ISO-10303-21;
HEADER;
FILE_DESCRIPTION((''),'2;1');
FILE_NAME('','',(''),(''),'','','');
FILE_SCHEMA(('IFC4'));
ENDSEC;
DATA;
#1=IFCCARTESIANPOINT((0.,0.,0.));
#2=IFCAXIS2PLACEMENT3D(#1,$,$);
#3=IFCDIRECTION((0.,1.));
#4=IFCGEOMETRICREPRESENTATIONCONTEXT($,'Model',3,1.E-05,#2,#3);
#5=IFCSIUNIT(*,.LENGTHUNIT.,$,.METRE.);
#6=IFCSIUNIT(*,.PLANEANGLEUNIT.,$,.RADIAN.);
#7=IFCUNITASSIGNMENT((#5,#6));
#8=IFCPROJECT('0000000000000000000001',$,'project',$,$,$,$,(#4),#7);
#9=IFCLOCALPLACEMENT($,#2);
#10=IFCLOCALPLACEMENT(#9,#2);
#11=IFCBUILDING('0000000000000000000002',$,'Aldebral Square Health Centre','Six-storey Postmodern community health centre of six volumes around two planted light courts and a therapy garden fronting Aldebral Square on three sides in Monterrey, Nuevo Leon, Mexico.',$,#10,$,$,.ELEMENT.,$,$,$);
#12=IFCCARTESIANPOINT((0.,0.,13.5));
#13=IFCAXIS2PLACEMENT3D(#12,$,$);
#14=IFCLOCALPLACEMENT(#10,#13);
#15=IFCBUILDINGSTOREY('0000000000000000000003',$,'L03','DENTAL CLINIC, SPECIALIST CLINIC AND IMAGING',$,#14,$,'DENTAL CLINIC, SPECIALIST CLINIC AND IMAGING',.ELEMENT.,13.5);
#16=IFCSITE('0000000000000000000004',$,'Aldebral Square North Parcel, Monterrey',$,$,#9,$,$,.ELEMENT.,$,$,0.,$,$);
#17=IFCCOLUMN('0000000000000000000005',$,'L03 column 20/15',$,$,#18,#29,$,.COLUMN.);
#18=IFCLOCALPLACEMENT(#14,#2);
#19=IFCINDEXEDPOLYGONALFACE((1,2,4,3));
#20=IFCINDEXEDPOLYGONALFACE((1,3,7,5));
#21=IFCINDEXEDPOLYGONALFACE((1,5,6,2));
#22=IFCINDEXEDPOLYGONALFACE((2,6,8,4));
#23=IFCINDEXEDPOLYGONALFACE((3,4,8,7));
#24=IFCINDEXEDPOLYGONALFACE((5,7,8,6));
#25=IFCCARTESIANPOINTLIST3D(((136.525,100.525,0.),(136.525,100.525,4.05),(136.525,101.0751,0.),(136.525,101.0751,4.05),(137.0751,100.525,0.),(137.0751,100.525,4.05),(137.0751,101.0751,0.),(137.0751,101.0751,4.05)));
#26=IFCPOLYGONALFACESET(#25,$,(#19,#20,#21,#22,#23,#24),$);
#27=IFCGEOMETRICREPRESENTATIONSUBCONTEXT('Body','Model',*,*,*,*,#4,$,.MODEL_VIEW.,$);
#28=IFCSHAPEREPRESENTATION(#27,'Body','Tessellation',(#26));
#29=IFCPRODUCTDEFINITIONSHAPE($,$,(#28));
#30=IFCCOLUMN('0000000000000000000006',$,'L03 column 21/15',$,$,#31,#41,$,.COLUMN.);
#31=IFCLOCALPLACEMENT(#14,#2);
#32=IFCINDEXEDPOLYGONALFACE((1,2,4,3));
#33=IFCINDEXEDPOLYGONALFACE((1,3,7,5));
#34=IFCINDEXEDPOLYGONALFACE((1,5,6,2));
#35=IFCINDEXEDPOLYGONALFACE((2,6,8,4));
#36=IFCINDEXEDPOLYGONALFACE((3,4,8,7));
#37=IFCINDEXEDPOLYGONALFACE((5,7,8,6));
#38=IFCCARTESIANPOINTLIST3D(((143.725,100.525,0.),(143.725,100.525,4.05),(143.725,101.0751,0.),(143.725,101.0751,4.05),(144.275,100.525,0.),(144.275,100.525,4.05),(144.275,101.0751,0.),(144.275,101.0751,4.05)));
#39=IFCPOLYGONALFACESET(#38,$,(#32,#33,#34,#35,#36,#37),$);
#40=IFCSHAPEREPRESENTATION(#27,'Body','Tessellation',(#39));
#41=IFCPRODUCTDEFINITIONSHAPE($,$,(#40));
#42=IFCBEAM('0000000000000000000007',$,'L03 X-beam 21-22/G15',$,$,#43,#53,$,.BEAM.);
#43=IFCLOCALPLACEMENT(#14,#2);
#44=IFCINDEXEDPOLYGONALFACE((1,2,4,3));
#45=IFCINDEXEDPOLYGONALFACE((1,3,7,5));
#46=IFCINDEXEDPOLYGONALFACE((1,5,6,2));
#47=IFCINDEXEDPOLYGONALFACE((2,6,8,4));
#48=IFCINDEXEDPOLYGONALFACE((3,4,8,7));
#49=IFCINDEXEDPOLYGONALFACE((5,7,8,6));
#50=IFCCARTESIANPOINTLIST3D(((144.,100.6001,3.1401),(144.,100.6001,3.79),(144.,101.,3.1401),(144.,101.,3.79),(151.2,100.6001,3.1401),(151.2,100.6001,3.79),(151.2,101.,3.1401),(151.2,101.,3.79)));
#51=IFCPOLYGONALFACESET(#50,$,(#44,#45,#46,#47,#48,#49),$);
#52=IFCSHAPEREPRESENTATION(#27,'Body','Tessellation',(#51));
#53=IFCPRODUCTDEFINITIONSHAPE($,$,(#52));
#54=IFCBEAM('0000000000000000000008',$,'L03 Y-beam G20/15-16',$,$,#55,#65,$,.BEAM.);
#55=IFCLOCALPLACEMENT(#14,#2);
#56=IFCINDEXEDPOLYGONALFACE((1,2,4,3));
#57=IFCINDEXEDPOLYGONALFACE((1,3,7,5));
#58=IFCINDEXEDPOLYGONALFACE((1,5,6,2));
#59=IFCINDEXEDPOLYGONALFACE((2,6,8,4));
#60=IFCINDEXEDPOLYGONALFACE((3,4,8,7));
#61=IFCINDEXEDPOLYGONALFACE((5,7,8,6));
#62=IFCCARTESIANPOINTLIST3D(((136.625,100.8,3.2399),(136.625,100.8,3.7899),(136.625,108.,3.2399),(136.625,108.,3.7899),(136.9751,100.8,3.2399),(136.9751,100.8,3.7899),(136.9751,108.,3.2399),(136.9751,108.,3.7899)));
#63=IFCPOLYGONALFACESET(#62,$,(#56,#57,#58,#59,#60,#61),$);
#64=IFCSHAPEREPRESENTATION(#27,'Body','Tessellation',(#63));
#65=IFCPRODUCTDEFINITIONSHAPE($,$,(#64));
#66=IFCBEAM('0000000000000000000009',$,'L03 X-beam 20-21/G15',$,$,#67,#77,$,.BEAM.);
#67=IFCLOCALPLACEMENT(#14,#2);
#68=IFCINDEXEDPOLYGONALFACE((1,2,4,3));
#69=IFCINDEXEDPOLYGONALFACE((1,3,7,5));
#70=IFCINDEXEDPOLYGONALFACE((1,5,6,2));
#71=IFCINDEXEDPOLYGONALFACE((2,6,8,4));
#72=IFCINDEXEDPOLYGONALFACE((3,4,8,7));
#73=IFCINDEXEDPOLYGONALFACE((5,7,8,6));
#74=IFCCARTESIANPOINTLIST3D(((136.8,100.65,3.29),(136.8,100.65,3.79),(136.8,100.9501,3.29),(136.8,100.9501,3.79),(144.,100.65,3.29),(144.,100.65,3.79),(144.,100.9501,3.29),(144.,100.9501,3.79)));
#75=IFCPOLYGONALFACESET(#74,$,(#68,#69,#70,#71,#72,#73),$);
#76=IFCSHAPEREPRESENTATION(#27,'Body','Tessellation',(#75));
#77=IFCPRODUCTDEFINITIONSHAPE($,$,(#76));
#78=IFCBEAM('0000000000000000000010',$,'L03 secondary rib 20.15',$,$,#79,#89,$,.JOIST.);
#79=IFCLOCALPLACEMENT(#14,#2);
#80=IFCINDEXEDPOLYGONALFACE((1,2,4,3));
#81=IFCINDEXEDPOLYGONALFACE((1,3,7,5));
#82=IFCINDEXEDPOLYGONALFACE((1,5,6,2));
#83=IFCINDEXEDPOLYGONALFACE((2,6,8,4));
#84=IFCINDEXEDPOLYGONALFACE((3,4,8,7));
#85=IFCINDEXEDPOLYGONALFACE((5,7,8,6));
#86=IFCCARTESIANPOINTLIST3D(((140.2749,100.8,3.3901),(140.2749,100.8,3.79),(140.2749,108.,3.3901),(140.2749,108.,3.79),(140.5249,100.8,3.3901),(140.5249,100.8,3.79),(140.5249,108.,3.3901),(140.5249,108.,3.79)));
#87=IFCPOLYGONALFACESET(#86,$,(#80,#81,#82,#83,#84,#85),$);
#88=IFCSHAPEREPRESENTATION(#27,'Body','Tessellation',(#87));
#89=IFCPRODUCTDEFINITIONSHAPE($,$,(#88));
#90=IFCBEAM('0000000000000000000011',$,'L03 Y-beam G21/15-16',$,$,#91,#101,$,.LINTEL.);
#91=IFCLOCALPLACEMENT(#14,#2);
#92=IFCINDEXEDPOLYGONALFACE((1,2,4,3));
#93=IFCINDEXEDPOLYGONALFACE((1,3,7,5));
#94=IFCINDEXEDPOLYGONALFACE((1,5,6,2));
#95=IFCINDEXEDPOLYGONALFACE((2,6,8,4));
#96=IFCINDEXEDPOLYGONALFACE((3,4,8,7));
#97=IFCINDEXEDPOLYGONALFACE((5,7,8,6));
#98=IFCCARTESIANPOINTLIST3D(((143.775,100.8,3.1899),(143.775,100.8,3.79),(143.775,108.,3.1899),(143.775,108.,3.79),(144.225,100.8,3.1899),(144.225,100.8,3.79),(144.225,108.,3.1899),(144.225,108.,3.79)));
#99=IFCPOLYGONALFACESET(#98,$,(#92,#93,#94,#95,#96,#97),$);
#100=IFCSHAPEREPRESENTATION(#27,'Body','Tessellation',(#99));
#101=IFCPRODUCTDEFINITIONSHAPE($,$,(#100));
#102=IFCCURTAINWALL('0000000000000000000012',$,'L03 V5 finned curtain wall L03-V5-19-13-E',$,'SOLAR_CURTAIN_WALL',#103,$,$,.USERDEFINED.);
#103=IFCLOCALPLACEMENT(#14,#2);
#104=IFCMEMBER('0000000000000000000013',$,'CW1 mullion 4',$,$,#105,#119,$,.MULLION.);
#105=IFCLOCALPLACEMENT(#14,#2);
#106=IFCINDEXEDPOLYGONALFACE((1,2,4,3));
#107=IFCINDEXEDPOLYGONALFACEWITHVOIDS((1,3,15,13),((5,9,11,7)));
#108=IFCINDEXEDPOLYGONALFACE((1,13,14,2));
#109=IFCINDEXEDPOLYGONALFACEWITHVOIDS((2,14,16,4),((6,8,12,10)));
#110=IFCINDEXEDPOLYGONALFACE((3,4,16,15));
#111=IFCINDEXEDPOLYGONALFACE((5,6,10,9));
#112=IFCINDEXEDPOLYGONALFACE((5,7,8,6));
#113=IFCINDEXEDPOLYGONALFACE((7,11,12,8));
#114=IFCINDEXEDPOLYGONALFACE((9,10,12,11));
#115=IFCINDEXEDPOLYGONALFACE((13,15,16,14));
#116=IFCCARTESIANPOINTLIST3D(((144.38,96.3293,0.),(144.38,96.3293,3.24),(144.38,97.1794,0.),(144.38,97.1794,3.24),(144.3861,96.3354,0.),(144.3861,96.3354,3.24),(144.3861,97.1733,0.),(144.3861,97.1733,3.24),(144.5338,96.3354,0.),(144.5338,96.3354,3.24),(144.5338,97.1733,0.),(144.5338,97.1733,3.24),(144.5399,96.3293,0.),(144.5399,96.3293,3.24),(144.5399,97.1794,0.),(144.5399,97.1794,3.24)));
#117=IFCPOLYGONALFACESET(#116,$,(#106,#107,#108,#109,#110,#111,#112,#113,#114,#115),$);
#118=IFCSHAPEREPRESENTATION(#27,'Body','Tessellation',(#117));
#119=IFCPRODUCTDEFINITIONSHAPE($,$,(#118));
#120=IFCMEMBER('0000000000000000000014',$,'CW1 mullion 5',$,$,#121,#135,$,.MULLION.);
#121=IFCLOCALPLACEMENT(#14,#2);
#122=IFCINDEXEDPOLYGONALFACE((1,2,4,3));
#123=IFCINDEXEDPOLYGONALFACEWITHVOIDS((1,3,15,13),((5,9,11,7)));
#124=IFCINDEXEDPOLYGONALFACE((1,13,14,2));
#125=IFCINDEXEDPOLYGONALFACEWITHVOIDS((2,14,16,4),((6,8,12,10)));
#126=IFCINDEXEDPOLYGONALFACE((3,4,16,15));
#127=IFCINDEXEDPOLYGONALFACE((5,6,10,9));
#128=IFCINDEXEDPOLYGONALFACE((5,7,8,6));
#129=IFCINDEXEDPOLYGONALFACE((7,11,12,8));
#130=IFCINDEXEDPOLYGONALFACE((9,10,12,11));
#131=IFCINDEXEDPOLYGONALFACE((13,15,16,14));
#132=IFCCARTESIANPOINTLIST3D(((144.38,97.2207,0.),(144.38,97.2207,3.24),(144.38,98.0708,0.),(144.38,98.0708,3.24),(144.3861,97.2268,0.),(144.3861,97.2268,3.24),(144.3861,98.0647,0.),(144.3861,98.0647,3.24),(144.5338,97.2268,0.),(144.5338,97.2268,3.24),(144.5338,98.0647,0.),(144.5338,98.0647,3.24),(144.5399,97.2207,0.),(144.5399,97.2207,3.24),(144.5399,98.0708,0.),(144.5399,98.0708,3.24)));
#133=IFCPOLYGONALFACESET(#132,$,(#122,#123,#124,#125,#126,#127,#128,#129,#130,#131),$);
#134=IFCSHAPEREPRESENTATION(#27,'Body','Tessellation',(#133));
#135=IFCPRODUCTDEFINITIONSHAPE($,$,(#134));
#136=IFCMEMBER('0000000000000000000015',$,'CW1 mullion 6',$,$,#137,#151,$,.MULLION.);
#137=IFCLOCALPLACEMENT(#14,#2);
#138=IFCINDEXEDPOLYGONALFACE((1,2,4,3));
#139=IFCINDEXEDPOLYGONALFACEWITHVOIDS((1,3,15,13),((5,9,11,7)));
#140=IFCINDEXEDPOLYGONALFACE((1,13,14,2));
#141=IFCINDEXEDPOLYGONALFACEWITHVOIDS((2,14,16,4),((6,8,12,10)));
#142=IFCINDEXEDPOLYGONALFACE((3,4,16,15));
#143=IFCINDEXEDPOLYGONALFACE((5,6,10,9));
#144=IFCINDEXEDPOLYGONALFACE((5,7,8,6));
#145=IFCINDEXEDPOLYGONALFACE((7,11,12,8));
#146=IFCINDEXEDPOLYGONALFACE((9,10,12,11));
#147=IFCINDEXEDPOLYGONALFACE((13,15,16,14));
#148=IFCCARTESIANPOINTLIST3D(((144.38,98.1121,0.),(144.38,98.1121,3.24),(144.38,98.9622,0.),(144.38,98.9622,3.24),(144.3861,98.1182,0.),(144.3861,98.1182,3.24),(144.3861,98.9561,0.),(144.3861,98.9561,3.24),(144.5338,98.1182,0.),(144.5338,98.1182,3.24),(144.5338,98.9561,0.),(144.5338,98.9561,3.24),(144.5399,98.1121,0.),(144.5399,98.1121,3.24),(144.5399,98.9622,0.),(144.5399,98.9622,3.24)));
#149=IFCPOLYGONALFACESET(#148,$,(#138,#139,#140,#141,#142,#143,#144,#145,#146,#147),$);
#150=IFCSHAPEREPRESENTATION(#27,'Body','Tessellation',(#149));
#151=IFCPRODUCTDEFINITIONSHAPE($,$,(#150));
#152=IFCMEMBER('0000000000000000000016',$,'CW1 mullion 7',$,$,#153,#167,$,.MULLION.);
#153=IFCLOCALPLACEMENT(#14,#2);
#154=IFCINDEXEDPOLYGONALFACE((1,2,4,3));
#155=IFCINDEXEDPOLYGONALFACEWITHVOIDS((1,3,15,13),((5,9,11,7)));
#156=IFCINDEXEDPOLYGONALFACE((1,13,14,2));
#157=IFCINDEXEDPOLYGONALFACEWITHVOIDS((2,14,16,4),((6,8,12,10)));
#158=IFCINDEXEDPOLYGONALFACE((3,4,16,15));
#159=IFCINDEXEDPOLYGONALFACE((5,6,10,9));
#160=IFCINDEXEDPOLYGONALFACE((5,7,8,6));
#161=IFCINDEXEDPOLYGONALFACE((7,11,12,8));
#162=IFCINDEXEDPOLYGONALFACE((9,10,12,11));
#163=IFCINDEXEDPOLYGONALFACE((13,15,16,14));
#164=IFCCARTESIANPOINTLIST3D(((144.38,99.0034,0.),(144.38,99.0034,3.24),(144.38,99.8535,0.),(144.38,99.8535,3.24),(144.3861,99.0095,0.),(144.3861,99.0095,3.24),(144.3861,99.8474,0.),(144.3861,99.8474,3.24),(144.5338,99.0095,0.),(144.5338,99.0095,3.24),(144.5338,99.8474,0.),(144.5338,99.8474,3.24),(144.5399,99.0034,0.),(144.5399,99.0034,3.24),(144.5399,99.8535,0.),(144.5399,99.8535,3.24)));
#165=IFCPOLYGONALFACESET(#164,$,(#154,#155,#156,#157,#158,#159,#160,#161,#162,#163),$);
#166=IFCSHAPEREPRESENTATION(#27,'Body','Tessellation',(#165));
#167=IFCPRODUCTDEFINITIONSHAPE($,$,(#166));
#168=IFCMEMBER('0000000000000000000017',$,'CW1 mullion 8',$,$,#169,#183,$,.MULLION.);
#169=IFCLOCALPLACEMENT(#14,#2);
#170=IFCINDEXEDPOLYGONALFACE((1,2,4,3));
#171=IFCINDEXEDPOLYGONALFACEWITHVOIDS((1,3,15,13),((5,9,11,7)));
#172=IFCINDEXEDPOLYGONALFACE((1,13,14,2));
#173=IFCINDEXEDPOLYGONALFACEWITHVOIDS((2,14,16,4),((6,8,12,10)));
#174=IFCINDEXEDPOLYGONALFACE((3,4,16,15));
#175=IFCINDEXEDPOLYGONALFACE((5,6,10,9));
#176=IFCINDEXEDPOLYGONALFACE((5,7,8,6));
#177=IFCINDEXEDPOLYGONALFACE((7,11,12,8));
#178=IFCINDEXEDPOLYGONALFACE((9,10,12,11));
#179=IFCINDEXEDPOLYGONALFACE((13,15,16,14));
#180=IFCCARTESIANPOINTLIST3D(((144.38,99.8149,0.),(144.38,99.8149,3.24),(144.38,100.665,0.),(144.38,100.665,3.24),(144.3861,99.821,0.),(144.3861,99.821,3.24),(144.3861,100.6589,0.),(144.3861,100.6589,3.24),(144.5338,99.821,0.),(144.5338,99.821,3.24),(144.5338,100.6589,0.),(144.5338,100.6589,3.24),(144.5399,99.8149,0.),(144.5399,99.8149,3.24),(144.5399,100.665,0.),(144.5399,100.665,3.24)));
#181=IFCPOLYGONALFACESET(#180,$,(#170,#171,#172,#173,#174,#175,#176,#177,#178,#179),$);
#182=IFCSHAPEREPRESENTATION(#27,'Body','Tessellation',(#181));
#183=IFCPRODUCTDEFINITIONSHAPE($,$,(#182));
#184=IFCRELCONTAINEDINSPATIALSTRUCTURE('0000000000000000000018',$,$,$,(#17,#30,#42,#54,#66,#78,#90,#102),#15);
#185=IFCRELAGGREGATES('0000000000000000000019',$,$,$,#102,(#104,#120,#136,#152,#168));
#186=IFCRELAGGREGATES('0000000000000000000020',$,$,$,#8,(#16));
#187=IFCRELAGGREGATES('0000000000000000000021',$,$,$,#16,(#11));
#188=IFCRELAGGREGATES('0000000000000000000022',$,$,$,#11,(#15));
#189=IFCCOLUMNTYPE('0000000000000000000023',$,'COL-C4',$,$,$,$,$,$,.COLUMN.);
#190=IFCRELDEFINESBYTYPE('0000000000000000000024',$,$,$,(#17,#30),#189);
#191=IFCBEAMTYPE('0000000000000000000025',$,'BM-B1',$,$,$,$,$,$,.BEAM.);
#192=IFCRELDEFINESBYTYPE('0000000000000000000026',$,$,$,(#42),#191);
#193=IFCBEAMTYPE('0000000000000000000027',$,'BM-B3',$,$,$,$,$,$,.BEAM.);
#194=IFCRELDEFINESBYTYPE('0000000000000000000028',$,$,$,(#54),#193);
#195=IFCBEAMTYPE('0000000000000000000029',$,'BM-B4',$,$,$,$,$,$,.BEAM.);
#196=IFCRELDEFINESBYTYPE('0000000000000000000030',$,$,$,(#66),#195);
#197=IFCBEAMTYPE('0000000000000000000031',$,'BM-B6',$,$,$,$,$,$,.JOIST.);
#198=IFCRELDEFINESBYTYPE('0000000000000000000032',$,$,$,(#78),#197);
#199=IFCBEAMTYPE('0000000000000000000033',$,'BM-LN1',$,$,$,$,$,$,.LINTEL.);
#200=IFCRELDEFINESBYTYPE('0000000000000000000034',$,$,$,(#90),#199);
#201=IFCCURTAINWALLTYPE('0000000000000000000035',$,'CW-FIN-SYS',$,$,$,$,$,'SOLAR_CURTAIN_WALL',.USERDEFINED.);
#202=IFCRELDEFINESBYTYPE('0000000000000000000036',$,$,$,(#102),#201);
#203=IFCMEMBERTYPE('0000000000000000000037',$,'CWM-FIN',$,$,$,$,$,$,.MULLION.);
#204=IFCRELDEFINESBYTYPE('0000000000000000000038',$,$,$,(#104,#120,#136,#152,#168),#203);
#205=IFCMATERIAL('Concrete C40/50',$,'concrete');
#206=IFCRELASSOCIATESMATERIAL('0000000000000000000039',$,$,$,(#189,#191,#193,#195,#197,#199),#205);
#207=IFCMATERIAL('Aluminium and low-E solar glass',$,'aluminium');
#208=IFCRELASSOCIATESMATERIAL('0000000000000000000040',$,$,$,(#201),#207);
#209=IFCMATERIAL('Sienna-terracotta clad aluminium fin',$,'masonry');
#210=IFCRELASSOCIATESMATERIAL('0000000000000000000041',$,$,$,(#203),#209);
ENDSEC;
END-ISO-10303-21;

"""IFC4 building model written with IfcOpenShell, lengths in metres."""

from ifc_helpers import new_model, si_unit, direction, frame, origin, origin_2d, place, context, subcontext, project, spatial, rectangle, hollow_rectangle, extrude, material, material_profile, profile_set, type_object, element, aggregate, save


model = new_model("IFC4")

# Units and contexts
model_context = context("Model", 3, precision=1e-05, world=origin(), true_north=direction((0.0, 1.0)))
body_context = subcontext(model_context, "Body", "Model", "MODEL_VIEW")
ifc_project = project(units=[si_unit("LENGTHUNIT", "METRE"), si_unit("PLANEANGLEUNIT", "RADIAN")], contexts=[model_context])

# Site, building, storey
site_placement = place(None, origin())
site = spatial("IfcSite", under=ifc_project, at=site_placement, Name="Aldebral Square North Parcel, Monterrey", CompositionType="ELEMENT", RefElevation=0.0)
building_placement = place(site_placement, origin())
building = spatial("IfcBuilding", under=site, at=building_placement, Name="Aldebral Square Health Centre", Description="Six-storey Postmodern community health centre of six volumes around two planted light courts and a therapy garden fronting Aldebral Square on three sides in Monterrey, Nuevo Leon, Mexico.", CompositionType="ELEMENT")
storey_placement = place(building_placement, frame((0.0, 0.0, 13.5)))
storey = spatial("IfcBuildingStorey", under=building, at=storey_placement, Name="L03", Description="DENTAL CLINIC, SPECIALIST CLINIC AND IMAGING", LongName="DENTAL CLINIC, SPECIALIST CLINIC AND IMAGING", CompositionType="ELEMENT", Elevation=13.5)

# Columns
ifc_material_1 = material(Name="Concrete C40/50", Category="concrete")
ifc_material_profile_1 = material_profile(ifc_material_1, rectangle(XDim=0.55, YDim=0.55, at=origin_2d()), Name="RC 550x550")
ifc_profile_set_1 = profile_set([ifc_material_profile_1], Name="Concrete C40/50")
column_type = type_object("IfcColumnType", Name="COL-C4", PredefinedType="COLUMN", material=ifc_profile_set_1)
for number, where, z_axis, x_axis, name in (
    (1, (136.8, 100.8, 0.0), (0.0, 0.0, 1.0), (1.0, 0.0, 0.0), "L03 column 20/15"),
    (2, (144.0, 100.8, 0.0), (0.0, 0.0, 1.0), (1.0, 0.0, 0.0), "L03 column 21/15"),
):
    element("IfcColumn", number, at=place(storey_placement, frame(where, z_axis=z_axis, x_axis=x_axis)), inside=storey, type_object=column_type, Name=name, PredefinedType="COLUMN", context=body_context, shape_type="SweptSolid", body=[
        extrude(rectangle(XDim=0.55, YDim=0.55, at=origin_2d()), origin(), (0.0, 0.0, 1.0), 4.05),
    ])

# Beams
ifc_material_profile_2 = material_profile(ifc_material_1, rectangle(XDim=0.3999, YDim=0.6499, at=origin_2d()), Name="RC 400x650")
ifc_profile_set_2 = profile_set([ifc_material_profile_2], Name="Concrete C40/50")
beam_type_1 = type_object("IfcBeamType", Name="BM-B1", PredefinedType="BEAM", material=ifc_profile_set_2)
beam_1_placement = place(storey_placement, frame((144.0, 100.8, 3.4651), z_axis=(1.0, 0.0, 0.0), x_axis=(0.0, 1.0, 0.0)))
element("IfcBeam", 3, at=beam_1_placement, inside=storey, type_object=beam_type_1, Name="L03 X-beam 21-22/G15", PredefinedType="BEAM", context=body_context, shape_type="SweptSolid", body=[
    extrude(rectangle(XDim=0.3999, YDim=0.6499, at=origin_2d()), origin(), (0.0, 0.0, 1.0), 7.2),
])
ifc_material_profile_3 = material_profile(ifc_material_1, rectangle(XDim=0.3501, YDim=0.55, at=origin_2d()), Name="RC 350x550")
ifc_profile_set_3 = profile_set([ifc_material_profile_3], Name="Concrete C40/50")
beam_type_2 = type_object("IfcBeamType", Name="BM-B3", PredefinedType="BEAM", material=ifc_profile_set_3)
beam_2_placement = place(storey_placement, frame((136.8, 100.8, 3.5149), z_axis=(0.0, 1.0, 0.0), x_axis=(-1.0, 0.0, 0.0)))
element("IfcBeam", 4, at=beam_2_placement, inside=storey, type_object=beam_type_2, Name="L03 Y-beam G20/15-16", PredefinedType="BEAM", context=body_context, shape_type="SweptSolid", body=[
    extrude(rectangle(XDim=0.3501, YDim=0.55, at=origin_2d()), origin(), (0.0, 0.0, 1.0), 7.2),
])
ifc_material_profile_4 = material_profile(ifc_material_1, rectangle(XDim=0.3, YDim=0.5, at=origin_2d()), Name="RC 300x500")
ifc_profile_set_4 = profile_set([ifc_material_profile_4], Name="Concrete C40/50")
beam_type_3 = type_object("IfcBeamType", Name="BM-B4", PredefinedType="BEAM", material=ifc_profile_set_4)
beam_3_placement = place(storey_placement, frame((136.8, 100.8, 3.54), z_axis=(1.0, 0.0, 0.0), x_axis=(0.0, 1.0, 0.0)))
element("IfcBeam", 5, at=beam_3_placement, inside=storey, type_object=beam_type_3, Name="L03 X-beam 20-21/G15", PredefinedType="BEAM", context=body_context, shape_type="SweptSolid", body=[
    extrude(rectangle(XDim=0.3, YDim=0.5, at=origin_2d()), origin(), (0.0, 0.0, 1.0), 7.2),
])
ifc_material_profile_5 = material_profile(ifc_material_1, rectangle(XDim=0.25, YDim=0.3999, at=origin_2d()), Name="RC 250x400")
ifc_profile_set_5 = profile_set([ifc_material_profile_5], Name="Concrete C40/50")
beam_type_4 = type_object("IfcBeamType", Name="BM-B6", PredefinedType="JOIST", material=ifc_profile_set_5)
beam_4_placement = place(storey_placement, frame((140.3999, 100.8, 3.5901), z_axis=(0.0, 1.0, 0.0), x_axis=(-1.0, 0.0, 0.0)))
element("IfcBeam", 6, at=beam_4_placement, inside=storey, type_object=beam_type_4, Name="L03 secondary rib 20.15", PredefinedType="JOIST", context=body_context, shape_type="SweptSolid", body=[
    extrude(rectangle(XDim=0.25, YDim=0.3999, at=origin_2d()), origin(), (0.0, 0.0, 1.0), 7.2),
])
ifc_material_profile_6 = material_profile(ifc_material_1, rectangle(XDim=0.45, YDim=0.6001, at=origin_2d()), Name="RC 450x600")
ifc_profile_set_6 = profile_set([ifc_material_profile_6], Name="Concrete C40/50")
beam_type_5 = type_object("IfcBeamType", Name="BM-LN1", PredefinedType="LINTEL", material=ifc_profile_set_6)
beam_5_placement = place(storey_placement, frame((144.0, 100.8, 3.49), z_axis=(0.0, 1.0, 0.0), x_axis=(-1.0, 0.0, 0.0)))
element("IfcBeam", 7, at=beam_5_placement, inside=storey, type_object=beam_type_5, Name="L03 Y-beam G21/15-16", PredefinedType="LINTEL", context=body_context, shape_type="SweptSolid", body=[
    extrude(rectangle(XDim=0.45, YDim=0.6001, at=origin_2d()), origin(), (0.0, 0.0, 1.0), 7.2),
])

# Curtain wall, members
ifc_material_2 = material(Name="Aluminium and low-E solar glass", Category="aluminium")
curtain_wall_type = type_object("IfcCurtainWallType", Name="CW-FIN-SYS", ElementType="SOLAR_CURTAIN_WALL", PredefinedType="USERDEFINED", material=ifc_material_2)
curtain_wall_1_placement = place(storey_placement, origin())
curtain_wall_1 = element("IfcCurtainWall", 8, at=curtain_wall_1_placement, inside=storey, type_object=curtain_wall_type, Name="L03 V5 finned curtain wall L03-V5-19-13-E", ObjectType="SOLAR_CURTAIN_WALL", PredefinedType="USERDEFINED")
ifc_material_3 = material(Name="Sienna-terracotta clad aluminium fin", Category="masonry")
ifc_material_profile_7 = material_profile(ifc_material_3, hollow_rectangle(XDim=0.1599, YDim=0.8501, WallThickness=0.0061, at=origin_2d()), Name="FIN 160x850x6")
ifc_profile_set_7 = profile_set([ifc_material_profile_7], Name="Sienna-terracotta clad aluminium fin")
member_type_1 = type_object("IfcMemberType", Name="CWM-FIN", PredefinedType="MULLION", material=ifc_profile_set_7)
member_1_placement = place(storey_placement, frame((144.46, 96.7544, 0.0), z_axis=(0.0, 0.0, 1.0), x_axis=(-1.0, 0.0, 0.0)))
member_1 = element("IfcMember", 9, at=member_1_placement, type_object=member_type_1, Name="CW1 mullion 4", PredefinedType="MULLION", context=body_context, shape_type="SweptSolid", body=[
    extrude(hollow_rectangle(XDim=0.1599, YDim=0.8501, WallThickness=0.0061, at=origin_2d()), origin(), (0.0, 0.0, 1.0), 3.24),
])
member_2_placement = place(storey_placement, frame((144.46, 97.6458, 0.0), z_axis=(0.0, 0.0, 1.0), x_axis=(-1.0, 0.0, 0.0)))
member_2 = element("IfcMember", 10, at=member_2_placement, type_object=member_type_1, Name="CW1 mullion 5", PredefinedType="MULLION", context=body_context, shape_type="SweptSolid", body=[
    extrude(hollow_rectangle(XDim=0.1599, YDim=0.8501, WallThickness=0.0061, at=origin_2d()), origin(), (0.0, 0.0, 1.0), 3.24),
])
member_3_placement = place(storey_placement, frame((144.46, 98.5371, 0.0), z_axis=(0.0, 0.0, 1.0), x_axis=(-1.0, 0.0, 0.0)))
member_3 = element("IfcMember", 11, at=member_3_placement, type_object=member_type_1, Name="CW1 mullion 6", PredefinedType="MULLION", context=body_context, shape_type="SweptSolid", body=[
    extrude(hollow_rectangle(XDim=0.1599, YDim=0.8501, WallThickness=0.0061, at=origin_2d()), origin(), (0.0, 0.0, 1.0), 3.24),
])
member_4_placement = place(storey_placement, frame((144.46, 99.4285, 0.0), z_axis=(0.0, 0.0, 1.0), x_axis=(-1.0, 0.0, 0.0)))
member_4 = element("IfcMember", 12, at=member_4_placement, type_object=member_type_1, Name="CW1 mullion 7", PredefinedType="MULLION", context=body_context, shape_type="SweptSolid", body=[
    extrude(hollow_rectangle(XDim=0.1599, YDim=0.8501, WallThickness=0.0061, at=origin_2d()), origin(), (0.0, 0.0, 1.0), 3.24),
])
member_5_placement = place(storey_placement, frame((144.46, 100.24, 0.0), z_axis=(0.0, 0.0, 1.0), x_axis=(-1.0, 0.0, 0.0)))
member_5 = element("IfcMember", 13, at=member_5_placement, type_object=member_type_1, Name="CW1 mullion 8", PredefinedType="MULLION", context=body_context, shape_type="SweptSolid", body=[
    extrude(hollow_rectangle(XDim=0.1599, YDim=0.8501, WallThickness=0.0061, at=origin_2d()), origin(), (0.0, 0.0, 1.0), 3.24),
])

aggregate(curtain_wall_1, [member_1, member_2, member_3, member_4, member_5])

save(model, "model.ifc")
